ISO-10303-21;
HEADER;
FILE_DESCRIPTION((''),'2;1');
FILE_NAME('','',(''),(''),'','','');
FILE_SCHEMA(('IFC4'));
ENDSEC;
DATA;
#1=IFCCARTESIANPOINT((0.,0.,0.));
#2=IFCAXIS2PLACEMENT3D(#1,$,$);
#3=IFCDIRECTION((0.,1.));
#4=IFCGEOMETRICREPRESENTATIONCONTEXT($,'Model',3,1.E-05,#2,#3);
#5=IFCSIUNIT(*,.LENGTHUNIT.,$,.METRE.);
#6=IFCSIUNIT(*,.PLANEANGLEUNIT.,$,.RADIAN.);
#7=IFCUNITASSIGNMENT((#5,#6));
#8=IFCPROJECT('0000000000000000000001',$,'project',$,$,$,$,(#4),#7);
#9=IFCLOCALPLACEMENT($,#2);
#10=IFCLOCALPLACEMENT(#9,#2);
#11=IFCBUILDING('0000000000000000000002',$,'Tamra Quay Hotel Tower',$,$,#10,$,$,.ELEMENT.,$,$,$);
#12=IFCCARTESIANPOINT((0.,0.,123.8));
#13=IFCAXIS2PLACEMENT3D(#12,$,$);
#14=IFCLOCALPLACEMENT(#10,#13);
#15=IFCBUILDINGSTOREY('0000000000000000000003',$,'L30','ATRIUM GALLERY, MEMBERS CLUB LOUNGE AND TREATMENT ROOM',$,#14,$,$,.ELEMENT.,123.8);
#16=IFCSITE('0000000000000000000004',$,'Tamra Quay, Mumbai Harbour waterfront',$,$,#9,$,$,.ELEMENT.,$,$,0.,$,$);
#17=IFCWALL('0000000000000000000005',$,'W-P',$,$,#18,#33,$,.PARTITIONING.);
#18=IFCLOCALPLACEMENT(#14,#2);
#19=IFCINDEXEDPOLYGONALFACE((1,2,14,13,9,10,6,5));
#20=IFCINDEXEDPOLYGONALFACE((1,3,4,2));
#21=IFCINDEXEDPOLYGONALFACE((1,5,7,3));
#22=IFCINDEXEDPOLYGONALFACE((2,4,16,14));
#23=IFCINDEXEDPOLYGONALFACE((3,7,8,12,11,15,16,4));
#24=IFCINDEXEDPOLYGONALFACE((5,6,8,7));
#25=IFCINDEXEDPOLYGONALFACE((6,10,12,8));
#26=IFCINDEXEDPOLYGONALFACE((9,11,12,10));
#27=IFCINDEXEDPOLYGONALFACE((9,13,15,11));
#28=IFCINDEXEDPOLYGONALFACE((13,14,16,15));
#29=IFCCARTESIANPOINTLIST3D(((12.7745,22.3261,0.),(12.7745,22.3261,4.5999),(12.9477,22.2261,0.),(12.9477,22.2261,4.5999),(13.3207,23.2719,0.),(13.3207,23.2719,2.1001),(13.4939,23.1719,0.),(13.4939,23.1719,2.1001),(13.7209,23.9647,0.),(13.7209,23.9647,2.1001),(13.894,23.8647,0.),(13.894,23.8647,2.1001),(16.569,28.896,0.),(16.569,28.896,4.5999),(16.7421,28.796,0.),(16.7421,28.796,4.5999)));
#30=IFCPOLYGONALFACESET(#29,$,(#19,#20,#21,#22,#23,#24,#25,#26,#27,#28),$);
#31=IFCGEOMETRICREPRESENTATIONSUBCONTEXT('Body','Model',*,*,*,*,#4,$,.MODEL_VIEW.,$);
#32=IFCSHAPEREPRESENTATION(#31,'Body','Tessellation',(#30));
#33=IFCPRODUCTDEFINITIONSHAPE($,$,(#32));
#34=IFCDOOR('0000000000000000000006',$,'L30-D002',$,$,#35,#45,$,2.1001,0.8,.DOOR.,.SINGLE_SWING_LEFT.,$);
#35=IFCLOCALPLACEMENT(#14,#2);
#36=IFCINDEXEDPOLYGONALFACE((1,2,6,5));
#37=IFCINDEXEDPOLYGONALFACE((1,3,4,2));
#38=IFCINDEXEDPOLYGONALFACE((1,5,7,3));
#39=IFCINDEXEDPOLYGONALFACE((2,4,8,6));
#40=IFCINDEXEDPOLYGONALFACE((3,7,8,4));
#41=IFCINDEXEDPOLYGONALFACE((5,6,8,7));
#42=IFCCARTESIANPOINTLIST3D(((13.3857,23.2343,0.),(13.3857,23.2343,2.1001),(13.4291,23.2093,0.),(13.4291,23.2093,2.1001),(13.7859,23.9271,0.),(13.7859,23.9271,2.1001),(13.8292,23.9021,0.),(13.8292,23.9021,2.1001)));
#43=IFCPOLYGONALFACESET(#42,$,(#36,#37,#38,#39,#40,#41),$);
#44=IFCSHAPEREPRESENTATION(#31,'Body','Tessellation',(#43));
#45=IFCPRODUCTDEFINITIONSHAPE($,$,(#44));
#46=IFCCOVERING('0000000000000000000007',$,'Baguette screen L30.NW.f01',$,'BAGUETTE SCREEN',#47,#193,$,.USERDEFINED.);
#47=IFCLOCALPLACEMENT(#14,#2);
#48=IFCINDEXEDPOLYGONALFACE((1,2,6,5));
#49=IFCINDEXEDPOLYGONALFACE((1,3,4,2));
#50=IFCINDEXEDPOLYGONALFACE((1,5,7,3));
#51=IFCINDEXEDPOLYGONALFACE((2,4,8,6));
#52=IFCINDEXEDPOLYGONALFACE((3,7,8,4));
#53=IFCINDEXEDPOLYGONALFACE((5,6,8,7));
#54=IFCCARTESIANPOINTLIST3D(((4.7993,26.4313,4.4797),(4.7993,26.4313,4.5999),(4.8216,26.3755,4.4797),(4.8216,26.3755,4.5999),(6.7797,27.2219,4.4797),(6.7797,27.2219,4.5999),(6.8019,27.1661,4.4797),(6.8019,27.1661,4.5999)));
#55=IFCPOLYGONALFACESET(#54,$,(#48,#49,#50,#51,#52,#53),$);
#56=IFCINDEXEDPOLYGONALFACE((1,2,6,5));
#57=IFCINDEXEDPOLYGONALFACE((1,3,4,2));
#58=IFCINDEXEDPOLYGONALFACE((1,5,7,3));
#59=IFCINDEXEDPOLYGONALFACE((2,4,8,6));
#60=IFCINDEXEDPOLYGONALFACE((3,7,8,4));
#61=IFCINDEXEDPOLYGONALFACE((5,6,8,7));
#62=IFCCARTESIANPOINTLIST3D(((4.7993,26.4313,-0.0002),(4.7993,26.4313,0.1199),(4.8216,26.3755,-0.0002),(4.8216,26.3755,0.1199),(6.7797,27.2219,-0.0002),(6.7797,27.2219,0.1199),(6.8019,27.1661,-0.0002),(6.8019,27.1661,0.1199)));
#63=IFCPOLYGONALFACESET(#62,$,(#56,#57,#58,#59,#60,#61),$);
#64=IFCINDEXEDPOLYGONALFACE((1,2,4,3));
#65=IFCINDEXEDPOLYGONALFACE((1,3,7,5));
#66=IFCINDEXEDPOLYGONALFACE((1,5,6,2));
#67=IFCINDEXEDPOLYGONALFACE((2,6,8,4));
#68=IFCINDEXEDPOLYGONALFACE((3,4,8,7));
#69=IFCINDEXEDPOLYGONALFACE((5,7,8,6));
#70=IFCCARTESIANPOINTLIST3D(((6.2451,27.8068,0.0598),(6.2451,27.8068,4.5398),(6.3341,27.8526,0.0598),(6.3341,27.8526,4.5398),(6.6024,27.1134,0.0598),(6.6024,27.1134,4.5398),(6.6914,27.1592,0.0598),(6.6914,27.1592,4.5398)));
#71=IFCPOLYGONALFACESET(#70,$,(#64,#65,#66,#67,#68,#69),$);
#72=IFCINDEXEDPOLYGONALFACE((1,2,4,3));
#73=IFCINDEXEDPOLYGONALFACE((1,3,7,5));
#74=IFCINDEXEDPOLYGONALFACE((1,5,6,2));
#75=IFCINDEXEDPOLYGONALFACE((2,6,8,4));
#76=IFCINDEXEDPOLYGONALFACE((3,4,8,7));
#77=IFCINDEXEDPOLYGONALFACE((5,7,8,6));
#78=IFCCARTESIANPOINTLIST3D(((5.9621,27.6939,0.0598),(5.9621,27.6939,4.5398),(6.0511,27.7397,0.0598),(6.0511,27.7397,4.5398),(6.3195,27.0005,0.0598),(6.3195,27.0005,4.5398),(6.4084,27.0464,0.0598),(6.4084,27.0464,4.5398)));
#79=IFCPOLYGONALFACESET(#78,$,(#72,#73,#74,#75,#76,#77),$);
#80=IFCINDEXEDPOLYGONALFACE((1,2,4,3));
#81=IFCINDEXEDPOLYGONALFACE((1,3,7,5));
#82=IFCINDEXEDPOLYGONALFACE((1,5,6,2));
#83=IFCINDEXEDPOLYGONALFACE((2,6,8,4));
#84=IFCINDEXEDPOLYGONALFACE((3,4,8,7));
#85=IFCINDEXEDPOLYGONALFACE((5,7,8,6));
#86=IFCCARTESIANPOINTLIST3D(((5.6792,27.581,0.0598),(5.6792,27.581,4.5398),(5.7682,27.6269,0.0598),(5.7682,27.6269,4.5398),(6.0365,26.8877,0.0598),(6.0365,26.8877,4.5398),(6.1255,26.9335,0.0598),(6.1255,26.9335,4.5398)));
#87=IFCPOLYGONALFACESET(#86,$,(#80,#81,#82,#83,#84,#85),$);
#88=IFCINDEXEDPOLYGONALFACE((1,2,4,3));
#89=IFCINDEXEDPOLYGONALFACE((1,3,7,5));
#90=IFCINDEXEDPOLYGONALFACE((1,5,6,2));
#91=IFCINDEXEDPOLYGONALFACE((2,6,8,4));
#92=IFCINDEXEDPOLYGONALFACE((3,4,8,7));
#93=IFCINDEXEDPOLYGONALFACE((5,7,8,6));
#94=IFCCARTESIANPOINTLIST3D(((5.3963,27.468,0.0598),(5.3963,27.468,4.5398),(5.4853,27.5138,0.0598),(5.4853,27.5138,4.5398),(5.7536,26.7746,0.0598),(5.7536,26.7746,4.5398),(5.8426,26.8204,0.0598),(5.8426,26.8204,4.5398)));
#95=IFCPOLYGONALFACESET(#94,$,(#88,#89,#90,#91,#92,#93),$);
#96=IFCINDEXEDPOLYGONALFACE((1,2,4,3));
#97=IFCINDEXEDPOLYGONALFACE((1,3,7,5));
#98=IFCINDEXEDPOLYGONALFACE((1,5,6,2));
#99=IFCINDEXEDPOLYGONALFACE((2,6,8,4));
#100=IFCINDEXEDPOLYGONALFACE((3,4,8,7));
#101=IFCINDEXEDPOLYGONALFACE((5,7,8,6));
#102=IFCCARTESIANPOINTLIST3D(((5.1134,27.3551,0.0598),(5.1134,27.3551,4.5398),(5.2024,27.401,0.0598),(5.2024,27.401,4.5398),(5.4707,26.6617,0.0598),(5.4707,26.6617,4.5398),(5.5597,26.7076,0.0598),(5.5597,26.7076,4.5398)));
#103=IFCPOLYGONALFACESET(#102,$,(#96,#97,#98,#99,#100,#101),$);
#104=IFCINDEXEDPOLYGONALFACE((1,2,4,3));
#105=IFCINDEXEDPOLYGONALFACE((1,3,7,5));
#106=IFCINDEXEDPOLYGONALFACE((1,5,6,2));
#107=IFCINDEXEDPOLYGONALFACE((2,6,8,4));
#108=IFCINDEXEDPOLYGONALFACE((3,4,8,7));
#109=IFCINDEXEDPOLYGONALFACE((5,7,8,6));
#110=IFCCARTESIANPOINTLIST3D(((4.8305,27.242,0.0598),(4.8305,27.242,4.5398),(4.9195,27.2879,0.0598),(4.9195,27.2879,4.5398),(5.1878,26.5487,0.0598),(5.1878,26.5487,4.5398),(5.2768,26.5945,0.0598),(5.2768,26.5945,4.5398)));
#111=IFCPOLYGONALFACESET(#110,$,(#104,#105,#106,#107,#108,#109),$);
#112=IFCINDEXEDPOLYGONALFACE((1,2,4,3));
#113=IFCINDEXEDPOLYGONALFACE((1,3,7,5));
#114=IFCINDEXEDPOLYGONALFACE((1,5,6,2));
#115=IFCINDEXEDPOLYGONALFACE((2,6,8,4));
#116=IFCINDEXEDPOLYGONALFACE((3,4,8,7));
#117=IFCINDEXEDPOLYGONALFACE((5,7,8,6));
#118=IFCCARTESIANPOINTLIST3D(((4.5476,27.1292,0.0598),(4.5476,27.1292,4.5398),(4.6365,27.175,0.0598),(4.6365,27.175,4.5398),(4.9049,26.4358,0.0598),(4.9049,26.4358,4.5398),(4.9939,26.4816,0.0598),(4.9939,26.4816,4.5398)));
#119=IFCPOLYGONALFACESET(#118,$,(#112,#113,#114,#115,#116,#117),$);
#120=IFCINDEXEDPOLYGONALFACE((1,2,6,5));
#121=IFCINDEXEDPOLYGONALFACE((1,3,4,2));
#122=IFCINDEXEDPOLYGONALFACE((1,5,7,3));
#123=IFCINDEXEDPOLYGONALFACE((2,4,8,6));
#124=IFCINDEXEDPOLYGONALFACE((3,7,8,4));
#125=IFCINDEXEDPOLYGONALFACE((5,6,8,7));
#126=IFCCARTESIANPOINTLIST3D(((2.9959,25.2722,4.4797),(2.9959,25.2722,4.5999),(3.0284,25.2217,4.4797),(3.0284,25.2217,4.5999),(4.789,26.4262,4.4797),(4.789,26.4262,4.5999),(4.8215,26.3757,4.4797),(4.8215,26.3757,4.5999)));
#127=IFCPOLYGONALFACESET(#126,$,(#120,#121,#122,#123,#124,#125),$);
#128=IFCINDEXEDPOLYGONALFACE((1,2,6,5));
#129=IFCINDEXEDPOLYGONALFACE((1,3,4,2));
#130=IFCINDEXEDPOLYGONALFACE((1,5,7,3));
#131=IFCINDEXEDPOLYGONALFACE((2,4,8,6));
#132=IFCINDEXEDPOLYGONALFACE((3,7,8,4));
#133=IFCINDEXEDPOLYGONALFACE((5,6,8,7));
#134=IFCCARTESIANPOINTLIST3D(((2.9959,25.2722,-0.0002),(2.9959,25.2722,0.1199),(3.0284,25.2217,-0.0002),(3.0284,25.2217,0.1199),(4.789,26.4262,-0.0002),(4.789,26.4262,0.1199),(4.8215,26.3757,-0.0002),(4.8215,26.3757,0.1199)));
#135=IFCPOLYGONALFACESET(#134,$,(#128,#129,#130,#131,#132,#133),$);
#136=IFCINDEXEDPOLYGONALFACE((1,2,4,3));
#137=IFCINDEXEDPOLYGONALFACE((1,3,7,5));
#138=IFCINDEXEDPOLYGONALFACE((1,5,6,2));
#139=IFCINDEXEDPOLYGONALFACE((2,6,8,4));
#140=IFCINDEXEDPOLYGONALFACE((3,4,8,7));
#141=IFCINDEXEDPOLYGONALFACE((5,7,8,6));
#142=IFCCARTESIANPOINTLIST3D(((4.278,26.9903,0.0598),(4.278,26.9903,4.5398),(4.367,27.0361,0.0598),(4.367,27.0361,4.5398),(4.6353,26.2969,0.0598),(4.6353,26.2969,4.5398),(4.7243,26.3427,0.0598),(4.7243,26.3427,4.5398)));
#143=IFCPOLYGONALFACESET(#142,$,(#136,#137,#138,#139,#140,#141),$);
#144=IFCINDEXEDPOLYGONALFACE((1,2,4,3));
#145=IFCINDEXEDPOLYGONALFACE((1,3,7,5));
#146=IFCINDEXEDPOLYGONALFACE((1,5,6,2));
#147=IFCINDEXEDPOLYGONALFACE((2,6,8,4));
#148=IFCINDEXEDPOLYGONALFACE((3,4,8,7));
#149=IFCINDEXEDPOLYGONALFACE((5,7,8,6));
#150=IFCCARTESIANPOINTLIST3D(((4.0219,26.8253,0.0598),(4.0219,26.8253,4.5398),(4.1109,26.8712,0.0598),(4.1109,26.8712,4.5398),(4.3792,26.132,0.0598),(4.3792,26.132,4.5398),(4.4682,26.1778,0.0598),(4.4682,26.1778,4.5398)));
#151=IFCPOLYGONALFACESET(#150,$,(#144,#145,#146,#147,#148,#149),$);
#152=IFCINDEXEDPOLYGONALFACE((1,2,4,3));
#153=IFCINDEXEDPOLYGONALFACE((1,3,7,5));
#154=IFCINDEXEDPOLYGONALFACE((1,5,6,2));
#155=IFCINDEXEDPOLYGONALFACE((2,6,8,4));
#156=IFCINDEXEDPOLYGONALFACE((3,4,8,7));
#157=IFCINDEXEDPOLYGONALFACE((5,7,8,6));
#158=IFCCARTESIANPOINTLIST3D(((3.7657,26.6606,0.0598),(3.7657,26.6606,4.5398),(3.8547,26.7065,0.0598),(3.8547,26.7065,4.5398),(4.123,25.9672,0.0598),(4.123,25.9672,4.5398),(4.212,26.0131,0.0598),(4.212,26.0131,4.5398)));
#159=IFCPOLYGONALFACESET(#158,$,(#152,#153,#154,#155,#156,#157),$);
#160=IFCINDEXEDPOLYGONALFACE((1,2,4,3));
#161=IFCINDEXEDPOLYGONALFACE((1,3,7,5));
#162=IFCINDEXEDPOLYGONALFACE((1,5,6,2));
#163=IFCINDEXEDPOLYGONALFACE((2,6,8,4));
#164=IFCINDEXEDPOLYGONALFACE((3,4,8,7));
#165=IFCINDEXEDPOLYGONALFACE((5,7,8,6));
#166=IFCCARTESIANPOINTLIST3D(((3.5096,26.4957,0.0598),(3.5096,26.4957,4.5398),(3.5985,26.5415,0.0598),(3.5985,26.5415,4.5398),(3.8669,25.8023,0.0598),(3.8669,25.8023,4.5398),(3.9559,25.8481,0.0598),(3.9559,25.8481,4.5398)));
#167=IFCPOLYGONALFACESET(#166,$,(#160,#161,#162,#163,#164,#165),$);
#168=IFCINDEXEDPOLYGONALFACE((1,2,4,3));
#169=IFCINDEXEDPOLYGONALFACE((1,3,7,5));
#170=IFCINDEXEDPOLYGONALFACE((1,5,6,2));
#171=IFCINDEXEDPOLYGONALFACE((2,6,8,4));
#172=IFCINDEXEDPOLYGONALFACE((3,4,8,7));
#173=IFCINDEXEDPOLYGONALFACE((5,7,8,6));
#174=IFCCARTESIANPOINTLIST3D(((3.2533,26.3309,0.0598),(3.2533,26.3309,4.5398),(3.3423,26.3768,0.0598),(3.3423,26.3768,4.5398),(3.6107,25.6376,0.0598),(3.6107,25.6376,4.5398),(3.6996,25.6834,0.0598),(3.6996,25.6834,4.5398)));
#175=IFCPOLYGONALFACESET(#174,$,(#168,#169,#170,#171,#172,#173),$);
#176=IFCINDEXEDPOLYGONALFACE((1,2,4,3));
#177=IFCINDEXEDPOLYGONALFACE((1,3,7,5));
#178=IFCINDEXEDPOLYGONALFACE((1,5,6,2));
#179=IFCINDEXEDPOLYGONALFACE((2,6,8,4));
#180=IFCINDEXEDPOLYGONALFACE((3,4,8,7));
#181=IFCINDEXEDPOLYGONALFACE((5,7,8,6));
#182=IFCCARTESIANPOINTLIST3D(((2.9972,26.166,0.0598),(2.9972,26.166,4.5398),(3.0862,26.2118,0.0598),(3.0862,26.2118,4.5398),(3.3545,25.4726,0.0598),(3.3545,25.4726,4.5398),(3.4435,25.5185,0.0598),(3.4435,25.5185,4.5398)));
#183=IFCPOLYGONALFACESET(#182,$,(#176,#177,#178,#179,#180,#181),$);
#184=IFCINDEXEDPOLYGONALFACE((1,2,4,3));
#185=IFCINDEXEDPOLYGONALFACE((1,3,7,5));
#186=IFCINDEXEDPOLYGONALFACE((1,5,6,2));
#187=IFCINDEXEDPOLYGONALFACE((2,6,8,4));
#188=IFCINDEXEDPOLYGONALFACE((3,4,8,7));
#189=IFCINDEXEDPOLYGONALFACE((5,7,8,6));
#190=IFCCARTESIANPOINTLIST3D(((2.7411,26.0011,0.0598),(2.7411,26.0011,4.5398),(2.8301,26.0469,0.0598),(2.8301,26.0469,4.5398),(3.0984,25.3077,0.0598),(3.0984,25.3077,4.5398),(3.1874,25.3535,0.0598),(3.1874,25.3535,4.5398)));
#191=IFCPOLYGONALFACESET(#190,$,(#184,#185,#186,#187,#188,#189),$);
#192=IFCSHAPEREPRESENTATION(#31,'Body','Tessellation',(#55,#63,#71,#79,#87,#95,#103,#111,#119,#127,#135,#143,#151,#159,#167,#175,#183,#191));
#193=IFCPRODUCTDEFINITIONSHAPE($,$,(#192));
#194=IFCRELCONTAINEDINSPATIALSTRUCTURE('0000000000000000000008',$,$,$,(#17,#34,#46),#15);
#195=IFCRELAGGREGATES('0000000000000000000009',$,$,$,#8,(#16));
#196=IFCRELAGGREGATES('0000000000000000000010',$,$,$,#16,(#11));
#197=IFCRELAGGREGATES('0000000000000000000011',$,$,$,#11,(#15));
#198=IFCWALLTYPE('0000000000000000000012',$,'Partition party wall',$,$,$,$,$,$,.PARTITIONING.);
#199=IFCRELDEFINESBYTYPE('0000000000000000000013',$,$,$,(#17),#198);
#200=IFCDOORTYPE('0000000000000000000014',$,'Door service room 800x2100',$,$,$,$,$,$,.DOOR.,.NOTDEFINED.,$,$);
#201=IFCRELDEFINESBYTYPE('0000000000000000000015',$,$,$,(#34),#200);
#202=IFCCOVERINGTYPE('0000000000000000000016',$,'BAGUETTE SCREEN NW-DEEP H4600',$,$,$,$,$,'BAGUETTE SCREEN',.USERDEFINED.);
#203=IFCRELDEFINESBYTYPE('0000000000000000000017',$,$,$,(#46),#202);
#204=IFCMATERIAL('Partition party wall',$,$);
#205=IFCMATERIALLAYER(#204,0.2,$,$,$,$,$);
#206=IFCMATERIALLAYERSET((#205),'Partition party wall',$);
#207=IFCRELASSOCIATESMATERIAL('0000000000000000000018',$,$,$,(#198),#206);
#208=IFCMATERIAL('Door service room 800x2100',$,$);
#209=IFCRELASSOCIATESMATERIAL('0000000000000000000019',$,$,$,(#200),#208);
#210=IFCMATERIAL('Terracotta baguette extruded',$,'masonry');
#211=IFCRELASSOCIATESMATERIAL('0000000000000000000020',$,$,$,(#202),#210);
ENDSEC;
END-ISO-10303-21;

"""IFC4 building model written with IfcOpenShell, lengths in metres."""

from ifc_helpers import new_model, si_unit, direction, frame, frame_2d, origin, place, context, subcontext, project, spatial, rectangle, extrude, source, transform, mapped, material, layer, layer_set, type_object, element, fill, save


model = new_model("IFC4")

# Units and contexts
model_context = context("Model", 3, precision=1e-05, world=origin(), true_north=direction((0.0, 1.0)))
body_context = subcontext(model_context, "Body", "Model", "MODEL_VIEW")
ifc_project = project(units=[si_unit("LENGTHUNIT", "METRE"), si_unit("PLANEANGLEUNIT", "RADIAN")], contexts=[model_context])

# Site, building, storey
site_placement = place(None, origin())
site = spatial("IfcSite", under=ifc_project, at=site_placement, Name="Tamra Quay, Mumbai Harbour waterfront", CompositionType="ELEMENT", RefElevation=0.0)
building_placement = place(site_placement, origin())
building = spatial("IfcBuilding", under=site, at=building_placement, Name="Tamra Quay Hotel Tower", CompositionType="ELEMENT")
storey_placement = place(building_placement, frame((0.0, 0.0, 123.8)))
storey = spatial("IfcBuildingStorey", under=building, at=storey_placement, Name="L30", Description="ATRIUM GALLERY, MEMBERS CLUB LOUNGE AND TREATMENT ROOM", CompositionType="ELEMENT", Elevation=123.8)

# Wall, opening, door
ifc_material_1 = material(Name="Partition party wall")
ifc_layer_1 = layer(ifc_material_1, 0.2)
ifc_layer_set_1 = layer_set([ifc_layer_1], Name="Partition party wall")
wall_type_1 = type_object("IfcWallType", Name="Partition party wall", PredefinedType="PARTITIONING", material=ifc_layer_set_1)
wall_1_placement = place(storey_placement, frame((12.8611, 22.2761, 0.0), z_axis=(0.0, 0.0, 1.0), x_axis=(0.500133, 0.865949, 0.0)))
wall_1 = element("IfcWall", 1, at=wall_1_placement, inside=storey, type_object=wall_type_1, Name="W-P", PredefinedType="PARTITIONING", context=body_context, shape_type="SweptSolid", body=[
    extrude(rectangle(XDim=7.5869, YDim=0.2, at=frame_2d((3.7935, 0.0))), origin(), (0.0, 0.0, 1.0), 4.5999),
])
opening_1_placement = place(wall_1_placement, frame((1.0923, 0.0, 0.0)))
opening_1 = element("IfcOpeningElement", 2, at=opening_1_placement, cuts=wall_1, PredefinedType="OPENING", context=body_context, shape_type="SweptSolid", body=[
    extrude(rectangle(XDim=0.8, YDim=2.1001, at=frame_2d((0.3999, 1.05))), frame((0.0, 0.1099, 0.0), z_axis=(0.0, -1.0, 0.0), x_axis=(1.0, 0.0, 0.0)), (0.0, 0.0, 1.0), 0.22),
])
ifc_material_2 = material(Name="Door service room 800x2100")
door_type_1 = type_object("IfcDoorType", Name="Door service room 800x2100", OperationType="NOTDEFINED", PredefinedType="DOOR", material=ifc_material_2)
door_1_placement = place(opening_1_placement, origin())
door_1 = element("IfcDoor", 3, at=door_1_placement, inside=storey, type_object=door_type_1, Name="L30-D002", OperationType="SINGLE_SWING_LEFT", OverallHeight=2.1001, OverallWidth=0.8, PredefinedType="DOOR", context=body_context, shape_type="SweptSolid", body=[
    extrude(rectangle(XDim=0.8, YDim=2.1001, at=frame_2d((0.3999, 1.05))), frame((0.0, 0.0249, 0.0), z_axis=(0.0, -1.0, 0.0), x_axis=(1.0, 0.0, 0.0)), (0.0, 0.0, 1.0), 0.05),
])
fill(opening_1, door_1)

# Covering
ifc_material_3 = material(Name="Terracotta baguette extruded", Category="masonry")
covering_type_1 = type_object("IfcCoveringType", Name="BAGUETTE SCREEN NW-DEEP H4600", ElementType="BAGUETTE SCREEN", PredefinedType="USERDEFINED", material=ifc_material_3)
shared_shape_1 = source(origin(), body_context, "Body", "SweptSolid", [
    extrude(rectangle(XDim=2.1323, YDim=0.0601, at=frame_2d((1.0662, 0.03))), frame((-2.1282, -0.0576, -0.1201), z_axis=(0.0, 0.0, 1.0), x_axis=(0.995396, -0.095846, 0.0)), (0.0, 0.0, 1.0), 0.1201),
    extrude(rectangle(XDim=2.1323, YDim=0.0601, at=frame_2d((1.0662, 0.03))), frame((-2.1282, -0.0576, -4.6001), z_axis=(0.0, 0.0, 1.0), x_axis=(0.995396, -0.095846, 0.0)), (0.0, 0.0, 1.0), 0.1201),
    extrude(rectangle(XDim=0.1001, YDim=0.78, at=frame_2d((0.05, 0.3901))), frame((-2.021, -0.8225, -4.54)), (0.0, 0.0, 1.0), 4.48),
    extrude(rectangle(XDim=0.1001, YDim=0.78, at=frame_2d((0.05, 0.3901))), frame((-1.7178, -0.8518, -4.54)), (0.0, 0.0, 1.0), 4.48),
    extrude(rectangle(XDim=0.1001, YDim=0.78, at=frame_2d((0.05, 0.3901))), frame((-1.4146, -0.8811, -4.54)), (0.0, 0.0, 1.0), 4.48),
    extrude(rectangle(XDim=0.1001, YDim=0.78, at=frame_2d((0.05, 0.3901))), frame((-1.1113, -0.9102, -4.54)), (0.0, 0.0, 1.0), 4.48),
    extrude(rectangle(XDim=0.1001, YDim=0.78, at=frame_2d((0.05, 0.3901))), frame((-0.8081, -0.9395, -4.54)), (0.0, 0.0, 1.0), 4.48),
    extrude(rectangle(XDim=0.1001, YDim=0.78, at=frame_2d((0.05, 0.3901))), frame((-0.5049, -0.9685, -4.54)), (0.0, 0.0, 1.0), 4.48),
    extrude(rectangle(XDim=0.1001, YDim=0.78, at=frame_2d((0.05, 0.3901))), frame((-0.2017, -0.9978, -4.54)), (0.0, 0.0, 1.0), 4.48),
    extrude(rectangle(XDim=2.1323, YDim=0.0601, at=frame_2d((1.0662, 0.03))), frame((0.0059, -0.2622, -0.1201), z_axis=(0.0, 0.0, 1.0), x_axis=(0.995396, 0.095846, 0.0)), (0.0, 0.0, 1.0), 0.1201),
    extrude(rectangle(XDim=2.1323, YDim=0.0601, at=frame_2d((1.0662, 0.03))), frame((0.0059, -0.2622, -4.6001), z_axis=(0.0, 0.0, 1.0), x_axis=(0.995396, 0.095846, 0.0)), (0.0, 0.0, 1.0), 0.1201),
    extrude(rectangle(XDim=0.1001, YDim=0.78, at=frame_2d((0.05, 0.3901))), frame((0.1016, -0.9978, -4.54)), (0.0, 0.0, 1.0), 4.48),
    extrude(rectangle(XDim=0.1001, YDim=0.78, at=frame_2d((0.05, 0.3901))), frame((0.4048, -0.9685, -4.54)), (0.0, 0.0, 1.0), 4.48),
    extrude(rectangle(XDim=0.1001, YDim=0.78, at=frame_2d((0.05, 0.3901))), frame((0.708, -0.9395, -4.54)), (0.0, 0.0, 1.0), 4.48),
    extrude(rectangle(XDim=0.1001, YDim=0.78, at=frame_2d((0.05, 0.3901))), frame((1.0112, -0.9102, -4.54)), (0.0, 0.0, 1.0), 4.48),
    extrude(rectangle(XDim=0.1001, YDim=0.78, at=frame_2d((0.05, 0.3901))), frame((1.3145, -0.8811, -4.54)), (0.0, 0.0, 1.0), 4.48),
    extrude(rectangle(XDim=0.1001, YDim=0.78, at=frame_2d((0.05, 0.3901))), frame((1.6177, -0.8518, -4.54)), (0.0, 0.0, 1.0), 4.48),
    extrude(rectangle(XDim=0.1001, YDim=0.78, at=frame_2d((0.05, 0.3901))), frame((1.9209, -0.8225, -4.54)), (0.0, 0.0, 1.0), 4.48),
])
covering_1_placement = place(storey_placement, frame((4.9143, 26.1958, 4.5999), z_axis=(0.0, 0.0, 1.0), x_axis=(-0.888911, -0.45808, 0.0)))
element("IfcCovering", 4, at=covering_1_placement, inside=storey, type_object=covering_type_1, Name="Baguette screen L30.NW.f01", ObjectType="BAGUETTE SCREEN", PredefinedType="USERDEFINED", context=body_context, shape_type="MappedRepresentation", body=[
    mapped(shared_shape_1, transform((0.0, 0.0, 0.0), scale=1.0)),
])

save(model, "model.ifc")
